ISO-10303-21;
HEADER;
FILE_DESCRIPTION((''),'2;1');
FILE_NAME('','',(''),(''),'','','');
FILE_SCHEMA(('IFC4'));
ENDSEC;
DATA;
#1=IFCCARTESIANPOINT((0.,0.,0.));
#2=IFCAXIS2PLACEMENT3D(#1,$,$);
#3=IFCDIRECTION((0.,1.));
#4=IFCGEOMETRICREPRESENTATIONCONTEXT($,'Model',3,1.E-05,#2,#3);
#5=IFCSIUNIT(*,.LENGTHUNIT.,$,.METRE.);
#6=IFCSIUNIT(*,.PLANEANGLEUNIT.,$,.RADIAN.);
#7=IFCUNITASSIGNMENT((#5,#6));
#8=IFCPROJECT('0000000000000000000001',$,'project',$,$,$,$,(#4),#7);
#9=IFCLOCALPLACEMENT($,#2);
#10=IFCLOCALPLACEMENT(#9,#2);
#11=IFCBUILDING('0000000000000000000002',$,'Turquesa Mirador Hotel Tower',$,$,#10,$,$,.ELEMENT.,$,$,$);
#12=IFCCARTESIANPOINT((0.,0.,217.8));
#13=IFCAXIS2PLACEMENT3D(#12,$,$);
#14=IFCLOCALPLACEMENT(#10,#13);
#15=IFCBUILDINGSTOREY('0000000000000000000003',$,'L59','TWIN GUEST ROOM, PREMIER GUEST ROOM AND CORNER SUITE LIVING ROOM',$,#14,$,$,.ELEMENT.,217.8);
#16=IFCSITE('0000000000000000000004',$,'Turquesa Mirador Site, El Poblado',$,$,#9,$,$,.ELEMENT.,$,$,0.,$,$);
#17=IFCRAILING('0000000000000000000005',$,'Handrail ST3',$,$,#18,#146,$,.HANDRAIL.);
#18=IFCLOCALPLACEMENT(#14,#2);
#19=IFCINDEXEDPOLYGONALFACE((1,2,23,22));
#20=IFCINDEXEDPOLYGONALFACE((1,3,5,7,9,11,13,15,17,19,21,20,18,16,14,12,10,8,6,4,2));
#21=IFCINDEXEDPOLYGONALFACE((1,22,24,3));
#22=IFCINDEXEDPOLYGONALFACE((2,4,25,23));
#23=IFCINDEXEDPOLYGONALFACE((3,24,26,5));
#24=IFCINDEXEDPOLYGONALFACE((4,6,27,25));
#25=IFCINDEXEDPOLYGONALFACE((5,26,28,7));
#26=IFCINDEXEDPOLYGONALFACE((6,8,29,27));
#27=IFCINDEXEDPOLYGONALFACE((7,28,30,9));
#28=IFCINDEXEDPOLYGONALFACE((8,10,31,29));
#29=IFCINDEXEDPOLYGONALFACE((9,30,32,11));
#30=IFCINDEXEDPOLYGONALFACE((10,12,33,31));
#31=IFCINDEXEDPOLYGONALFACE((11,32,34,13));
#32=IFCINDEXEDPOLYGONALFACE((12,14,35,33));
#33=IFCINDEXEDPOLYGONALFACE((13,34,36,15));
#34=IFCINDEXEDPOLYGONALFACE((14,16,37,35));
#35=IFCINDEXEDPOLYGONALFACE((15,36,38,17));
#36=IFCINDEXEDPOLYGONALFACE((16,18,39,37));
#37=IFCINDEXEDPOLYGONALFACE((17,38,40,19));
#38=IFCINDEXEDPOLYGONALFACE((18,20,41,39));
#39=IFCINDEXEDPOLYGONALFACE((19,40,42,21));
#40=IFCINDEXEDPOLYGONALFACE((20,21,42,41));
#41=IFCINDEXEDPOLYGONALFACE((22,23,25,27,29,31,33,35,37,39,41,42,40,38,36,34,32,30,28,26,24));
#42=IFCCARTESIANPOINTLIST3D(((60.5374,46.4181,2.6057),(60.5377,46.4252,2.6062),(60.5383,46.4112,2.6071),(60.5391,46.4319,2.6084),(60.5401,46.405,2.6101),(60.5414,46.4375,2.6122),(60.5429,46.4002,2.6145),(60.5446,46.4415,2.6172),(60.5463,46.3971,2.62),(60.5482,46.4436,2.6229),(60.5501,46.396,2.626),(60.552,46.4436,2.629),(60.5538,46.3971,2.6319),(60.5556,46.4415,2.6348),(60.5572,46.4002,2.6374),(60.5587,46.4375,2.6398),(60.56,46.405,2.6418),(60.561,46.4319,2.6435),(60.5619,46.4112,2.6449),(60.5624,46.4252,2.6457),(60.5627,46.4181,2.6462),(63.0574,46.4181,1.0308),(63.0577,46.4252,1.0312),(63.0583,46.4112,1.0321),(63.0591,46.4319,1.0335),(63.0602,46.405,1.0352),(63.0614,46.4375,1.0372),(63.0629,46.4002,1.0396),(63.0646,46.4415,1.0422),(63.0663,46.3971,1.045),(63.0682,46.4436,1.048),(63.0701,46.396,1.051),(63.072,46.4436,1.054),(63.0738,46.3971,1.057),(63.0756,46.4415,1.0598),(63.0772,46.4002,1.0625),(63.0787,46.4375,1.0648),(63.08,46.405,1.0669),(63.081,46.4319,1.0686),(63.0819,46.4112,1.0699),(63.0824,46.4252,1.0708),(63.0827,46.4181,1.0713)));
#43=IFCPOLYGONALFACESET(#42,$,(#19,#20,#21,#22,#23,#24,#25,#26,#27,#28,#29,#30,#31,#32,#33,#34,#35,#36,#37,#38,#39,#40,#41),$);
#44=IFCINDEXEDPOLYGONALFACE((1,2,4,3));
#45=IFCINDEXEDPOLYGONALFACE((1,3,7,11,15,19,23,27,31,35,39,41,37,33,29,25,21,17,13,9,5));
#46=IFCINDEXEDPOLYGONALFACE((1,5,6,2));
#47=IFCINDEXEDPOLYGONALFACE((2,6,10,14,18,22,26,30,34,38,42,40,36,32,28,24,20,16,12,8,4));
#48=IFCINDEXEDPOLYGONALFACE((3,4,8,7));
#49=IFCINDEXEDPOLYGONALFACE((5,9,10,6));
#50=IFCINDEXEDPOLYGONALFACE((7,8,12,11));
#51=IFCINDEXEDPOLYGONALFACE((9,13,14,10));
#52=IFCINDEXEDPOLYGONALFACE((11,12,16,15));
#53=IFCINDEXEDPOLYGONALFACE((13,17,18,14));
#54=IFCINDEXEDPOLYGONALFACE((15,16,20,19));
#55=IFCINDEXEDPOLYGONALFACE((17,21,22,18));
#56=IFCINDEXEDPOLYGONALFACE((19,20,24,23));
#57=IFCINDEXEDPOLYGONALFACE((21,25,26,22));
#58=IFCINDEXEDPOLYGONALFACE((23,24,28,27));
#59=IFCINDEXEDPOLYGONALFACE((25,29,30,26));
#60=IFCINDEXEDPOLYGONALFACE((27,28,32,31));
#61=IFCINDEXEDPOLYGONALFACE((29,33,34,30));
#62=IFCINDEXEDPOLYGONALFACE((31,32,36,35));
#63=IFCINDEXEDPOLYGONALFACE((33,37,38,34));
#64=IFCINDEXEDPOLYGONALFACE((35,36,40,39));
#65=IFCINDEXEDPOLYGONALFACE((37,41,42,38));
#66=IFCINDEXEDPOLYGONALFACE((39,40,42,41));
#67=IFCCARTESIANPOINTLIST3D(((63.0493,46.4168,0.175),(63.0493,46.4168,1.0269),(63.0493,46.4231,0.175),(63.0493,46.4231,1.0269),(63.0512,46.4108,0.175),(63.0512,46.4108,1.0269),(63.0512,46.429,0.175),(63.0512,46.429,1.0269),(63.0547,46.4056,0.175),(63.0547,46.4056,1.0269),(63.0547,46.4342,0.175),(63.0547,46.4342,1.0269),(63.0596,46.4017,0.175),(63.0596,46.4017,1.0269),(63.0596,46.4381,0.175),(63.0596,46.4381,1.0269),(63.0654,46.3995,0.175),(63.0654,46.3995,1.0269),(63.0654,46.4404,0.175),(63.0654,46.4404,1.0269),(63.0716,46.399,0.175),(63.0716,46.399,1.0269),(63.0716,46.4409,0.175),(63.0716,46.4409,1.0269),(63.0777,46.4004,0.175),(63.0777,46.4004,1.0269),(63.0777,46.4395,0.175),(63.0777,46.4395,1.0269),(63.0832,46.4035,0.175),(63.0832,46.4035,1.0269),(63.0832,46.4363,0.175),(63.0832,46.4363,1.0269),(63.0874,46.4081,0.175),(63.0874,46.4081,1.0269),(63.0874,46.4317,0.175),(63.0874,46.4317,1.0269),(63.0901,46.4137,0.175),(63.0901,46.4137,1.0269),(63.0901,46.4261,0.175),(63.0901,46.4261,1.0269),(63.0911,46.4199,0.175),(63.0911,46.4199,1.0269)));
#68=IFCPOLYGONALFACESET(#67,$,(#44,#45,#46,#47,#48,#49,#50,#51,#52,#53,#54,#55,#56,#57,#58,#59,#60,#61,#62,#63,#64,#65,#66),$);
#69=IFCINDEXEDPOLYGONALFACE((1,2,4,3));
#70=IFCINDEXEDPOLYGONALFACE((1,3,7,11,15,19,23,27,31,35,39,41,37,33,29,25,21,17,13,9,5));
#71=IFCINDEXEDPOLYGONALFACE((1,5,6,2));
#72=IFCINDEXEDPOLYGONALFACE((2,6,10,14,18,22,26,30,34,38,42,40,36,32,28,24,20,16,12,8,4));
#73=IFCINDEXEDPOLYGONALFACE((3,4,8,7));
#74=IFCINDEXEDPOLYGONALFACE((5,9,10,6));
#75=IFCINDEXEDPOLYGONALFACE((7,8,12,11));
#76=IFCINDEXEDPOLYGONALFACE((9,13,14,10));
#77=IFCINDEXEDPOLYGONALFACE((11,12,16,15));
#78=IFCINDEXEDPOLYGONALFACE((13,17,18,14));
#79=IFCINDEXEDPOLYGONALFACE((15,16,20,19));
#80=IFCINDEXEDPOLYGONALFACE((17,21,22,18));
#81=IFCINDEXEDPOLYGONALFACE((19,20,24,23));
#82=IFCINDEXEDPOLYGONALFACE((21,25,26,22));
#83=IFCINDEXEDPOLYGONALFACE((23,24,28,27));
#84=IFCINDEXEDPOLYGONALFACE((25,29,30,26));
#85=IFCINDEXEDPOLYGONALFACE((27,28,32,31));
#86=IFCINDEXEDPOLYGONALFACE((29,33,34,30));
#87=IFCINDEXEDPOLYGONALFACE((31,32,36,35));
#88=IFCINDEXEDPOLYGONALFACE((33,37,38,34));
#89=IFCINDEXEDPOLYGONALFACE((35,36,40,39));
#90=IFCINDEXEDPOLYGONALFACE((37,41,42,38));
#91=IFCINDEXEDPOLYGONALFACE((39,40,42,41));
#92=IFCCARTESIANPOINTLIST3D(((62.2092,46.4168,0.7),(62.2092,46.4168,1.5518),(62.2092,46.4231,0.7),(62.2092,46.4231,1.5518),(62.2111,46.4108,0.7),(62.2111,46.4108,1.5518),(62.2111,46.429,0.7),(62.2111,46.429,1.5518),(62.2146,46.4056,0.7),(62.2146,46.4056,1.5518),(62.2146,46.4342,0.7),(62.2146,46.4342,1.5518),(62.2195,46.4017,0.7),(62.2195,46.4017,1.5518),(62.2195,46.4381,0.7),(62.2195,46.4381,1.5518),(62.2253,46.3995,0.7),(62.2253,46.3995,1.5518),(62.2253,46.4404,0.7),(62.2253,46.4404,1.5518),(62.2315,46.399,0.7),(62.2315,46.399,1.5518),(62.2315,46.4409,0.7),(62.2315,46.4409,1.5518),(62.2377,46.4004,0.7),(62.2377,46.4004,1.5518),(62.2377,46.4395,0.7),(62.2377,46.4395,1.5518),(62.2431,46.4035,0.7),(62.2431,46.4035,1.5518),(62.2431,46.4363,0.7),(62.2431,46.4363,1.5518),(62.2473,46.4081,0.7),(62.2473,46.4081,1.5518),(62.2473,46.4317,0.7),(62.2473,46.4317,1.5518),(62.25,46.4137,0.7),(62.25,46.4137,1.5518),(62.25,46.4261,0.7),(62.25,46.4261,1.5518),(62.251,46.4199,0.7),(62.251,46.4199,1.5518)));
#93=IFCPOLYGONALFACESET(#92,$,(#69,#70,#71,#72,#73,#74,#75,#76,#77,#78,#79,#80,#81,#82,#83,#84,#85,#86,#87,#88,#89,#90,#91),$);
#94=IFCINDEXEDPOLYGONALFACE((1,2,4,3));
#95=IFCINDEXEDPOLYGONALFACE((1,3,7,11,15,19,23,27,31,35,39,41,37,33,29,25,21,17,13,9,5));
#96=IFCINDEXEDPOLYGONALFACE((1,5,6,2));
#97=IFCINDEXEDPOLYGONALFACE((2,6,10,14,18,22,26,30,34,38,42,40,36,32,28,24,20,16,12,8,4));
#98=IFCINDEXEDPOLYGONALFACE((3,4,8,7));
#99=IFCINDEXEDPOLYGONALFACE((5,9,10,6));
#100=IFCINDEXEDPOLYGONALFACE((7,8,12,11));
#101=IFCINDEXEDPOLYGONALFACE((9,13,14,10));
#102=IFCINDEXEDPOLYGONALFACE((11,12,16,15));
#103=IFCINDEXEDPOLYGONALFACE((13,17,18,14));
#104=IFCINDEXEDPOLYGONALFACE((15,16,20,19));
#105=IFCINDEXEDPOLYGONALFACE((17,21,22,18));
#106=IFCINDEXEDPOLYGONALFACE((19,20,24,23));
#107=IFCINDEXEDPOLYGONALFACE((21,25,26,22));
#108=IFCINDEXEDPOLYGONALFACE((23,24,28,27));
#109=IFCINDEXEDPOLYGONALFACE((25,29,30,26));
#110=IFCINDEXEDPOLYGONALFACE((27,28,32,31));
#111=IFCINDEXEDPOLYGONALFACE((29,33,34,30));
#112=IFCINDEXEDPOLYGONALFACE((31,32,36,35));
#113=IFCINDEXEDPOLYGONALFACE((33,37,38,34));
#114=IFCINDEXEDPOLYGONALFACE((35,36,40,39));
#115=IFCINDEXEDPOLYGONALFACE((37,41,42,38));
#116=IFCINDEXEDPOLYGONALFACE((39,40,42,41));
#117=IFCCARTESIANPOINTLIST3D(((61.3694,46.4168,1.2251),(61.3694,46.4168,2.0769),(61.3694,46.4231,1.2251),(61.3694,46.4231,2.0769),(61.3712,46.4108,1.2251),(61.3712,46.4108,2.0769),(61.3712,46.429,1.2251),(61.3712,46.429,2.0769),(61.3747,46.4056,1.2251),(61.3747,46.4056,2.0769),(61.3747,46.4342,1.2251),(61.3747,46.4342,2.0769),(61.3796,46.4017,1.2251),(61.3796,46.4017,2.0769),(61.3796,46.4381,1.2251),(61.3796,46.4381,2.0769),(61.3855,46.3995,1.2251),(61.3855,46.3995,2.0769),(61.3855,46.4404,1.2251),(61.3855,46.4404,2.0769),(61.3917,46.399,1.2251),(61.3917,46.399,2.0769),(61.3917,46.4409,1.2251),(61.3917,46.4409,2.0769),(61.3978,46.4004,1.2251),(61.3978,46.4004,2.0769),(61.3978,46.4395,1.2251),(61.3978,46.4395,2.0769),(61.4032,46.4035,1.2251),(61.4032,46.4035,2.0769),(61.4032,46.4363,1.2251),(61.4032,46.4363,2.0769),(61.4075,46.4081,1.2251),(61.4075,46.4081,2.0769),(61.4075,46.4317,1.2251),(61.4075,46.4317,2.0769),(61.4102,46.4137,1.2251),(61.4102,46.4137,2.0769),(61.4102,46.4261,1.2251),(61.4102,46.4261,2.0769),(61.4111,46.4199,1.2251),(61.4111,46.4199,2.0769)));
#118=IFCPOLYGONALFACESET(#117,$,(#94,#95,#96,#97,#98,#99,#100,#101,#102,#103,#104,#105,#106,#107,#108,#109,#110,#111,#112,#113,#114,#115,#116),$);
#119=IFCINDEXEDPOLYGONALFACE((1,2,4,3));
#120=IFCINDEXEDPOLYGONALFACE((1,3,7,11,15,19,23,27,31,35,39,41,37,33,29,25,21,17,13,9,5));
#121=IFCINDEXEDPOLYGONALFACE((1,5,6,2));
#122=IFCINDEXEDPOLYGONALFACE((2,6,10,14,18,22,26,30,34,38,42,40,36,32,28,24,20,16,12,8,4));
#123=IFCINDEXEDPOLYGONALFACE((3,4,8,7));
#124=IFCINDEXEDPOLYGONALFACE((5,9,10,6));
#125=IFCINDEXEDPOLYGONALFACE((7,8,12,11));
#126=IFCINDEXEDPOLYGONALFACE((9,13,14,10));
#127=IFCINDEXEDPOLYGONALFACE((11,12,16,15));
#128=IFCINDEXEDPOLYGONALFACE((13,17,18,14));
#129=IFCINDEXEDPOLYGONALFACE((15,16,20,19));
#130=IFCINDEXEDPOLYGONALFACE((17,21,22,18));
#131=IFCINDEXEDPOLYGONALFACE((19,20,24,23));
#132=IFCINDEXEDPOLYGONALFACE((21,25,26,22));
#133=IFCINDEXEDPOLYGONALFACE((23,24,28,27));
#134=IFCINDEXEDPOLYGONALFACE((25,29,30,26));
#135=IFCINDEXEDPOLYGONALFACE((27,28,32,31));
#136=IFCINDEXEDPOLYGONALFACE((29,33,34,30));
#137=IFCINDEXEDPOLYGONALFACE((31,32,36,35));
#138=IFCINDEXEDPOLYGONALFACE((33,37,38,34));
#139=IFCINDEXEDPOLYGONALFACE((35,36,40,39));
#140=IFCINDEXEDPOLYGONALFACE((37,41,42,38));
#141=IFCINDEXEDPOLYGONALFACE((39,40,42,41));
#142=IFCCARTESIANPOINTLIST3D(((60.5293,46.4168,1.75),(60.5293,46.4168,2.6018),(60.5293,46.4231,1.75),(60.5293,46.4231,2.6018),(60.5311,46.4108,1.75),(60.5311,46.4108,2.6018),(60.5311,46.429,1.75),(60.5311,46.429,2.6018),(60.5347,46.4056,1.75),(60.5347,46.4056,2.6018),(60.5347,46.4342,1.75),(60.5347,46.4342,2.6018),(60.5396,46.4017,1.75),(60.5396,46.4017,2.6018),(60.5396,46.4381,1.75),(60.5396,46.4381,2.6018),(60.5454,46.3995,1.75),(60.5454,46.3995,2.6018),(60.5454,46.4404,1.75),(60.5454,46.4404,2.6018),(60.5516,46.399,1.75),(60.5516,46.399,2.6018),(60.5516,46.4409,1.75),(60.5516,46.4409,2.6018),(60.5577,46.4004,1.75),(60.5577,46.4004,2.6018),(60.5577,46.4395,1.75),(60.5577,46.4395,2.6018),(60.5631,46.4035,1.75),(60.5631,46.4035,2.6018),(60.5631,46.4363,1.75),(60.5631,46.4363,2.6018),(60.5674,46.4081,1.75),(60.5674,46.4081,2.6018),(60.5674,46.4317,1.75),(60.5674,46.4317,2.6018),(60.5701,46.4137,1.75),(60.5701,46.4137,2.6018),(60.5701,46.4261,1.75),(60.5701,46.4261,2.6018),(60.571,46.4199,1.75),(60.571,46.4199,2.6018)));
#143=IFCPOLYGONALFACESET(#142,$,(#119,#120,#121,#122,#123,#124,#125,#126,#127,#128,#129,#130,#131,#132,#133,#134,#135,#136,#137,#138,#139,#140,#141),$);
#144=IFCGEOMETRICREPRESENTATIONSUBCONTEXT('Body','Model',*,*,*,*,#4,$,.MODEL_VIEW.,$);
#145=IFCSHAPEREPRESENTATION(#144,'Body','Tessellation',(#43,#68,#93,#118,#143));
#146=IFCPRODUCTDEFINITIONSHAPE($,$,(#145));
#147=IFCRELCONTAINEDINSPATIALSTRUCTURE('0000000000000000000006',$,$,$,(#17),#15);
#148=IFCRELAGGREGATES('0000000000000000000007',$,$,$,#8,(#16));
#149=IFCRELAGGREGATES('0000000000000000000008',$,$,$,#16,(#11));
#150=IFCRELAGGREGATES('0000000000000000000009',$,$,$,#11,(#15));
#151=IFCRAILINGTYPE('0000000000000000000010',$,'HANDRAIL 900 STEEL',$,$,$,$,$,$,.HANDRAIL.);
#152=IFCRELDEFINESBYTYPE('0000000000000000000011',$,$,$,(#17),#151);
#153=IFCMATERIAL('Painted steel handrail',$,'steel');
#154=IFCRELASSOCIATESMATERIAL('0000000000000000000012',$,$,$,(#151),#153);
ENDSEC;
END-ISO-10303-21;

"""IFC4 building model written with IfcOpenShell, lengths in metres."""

from ifc_helpers import new_model, si_unit, direction, frame, origin, origin_2d, place, context, subcontext, project, spatial, circle, extrude, material, type_object, element, save


model = new_model("IFC4")

# Units and contexts
model_context = context("Model", 3, precision=1e-05, world=origin(), true_north=direction((0.0, 1.0)))
body_context = subcontext(model_context, "Body", "Model", "MODEL_VIEW")
ifc_project = project(units=[si_unit("LENGTHUNIT", "METRE"), si_unit("PLANEANGLEUNIT", "RADIAN")], contexts=[model_context])

# Site, building, storey
site_placement = place(None, origin())
site = spatial("IfcSite", under=ifc_project, at=site_placement, Name="Turquesa Mirador Site, El Poblado", CompositionType="ELEMENT", RefElevation=0.0)
building_placement = place(site_placement, origin())
building = spatial("IfcBuilding", under=site, at=building_placement, Name="Turquesa Mirador Hotel Tower", CompositionType="ELEMENT")
storey_placement = place(building_placement, frame((0.0, 0.0, 217.8)))
storey = spatial("IfcBuildingStorey", under=building, at=storey_placement, Name="L59", Description="TWIN GUEST ROOM, PREMIER GUEST ROOM AND CORNER SUITE LIVING ROOM", CompositionType="ELEMENT", Elevation=217.8)

# Railing
ifc_material_1 = material(Name="Painted steel handrail", Category="steel")
railing_type = type_object("IfcRailingType", Name="HANDRAIL 900 STEEL", PredefinedType="HANDRAIL", material=ifc_material_1)
railing_1_placement = place(storey_placement, frame((63.0701, 46.4199, 0.175)))
element("IfcRailing", 1, at=railing_1_placement, inside=storey, type_object=railing_type, Name="Handrail ST3", PredefinedType="HANDRAIL", context=body_context, shape_type="SweptSolid", body=[
    extrude(circle(Radius=0.0239, at=origin_2d()), frame((0.0, 0.0, 0.876), z_axis=(-0.848008, 0.0, 0.529984), x_axis=(0.0, -1.0, 0.0)), (0.0, 0.0, 1.0), 2.9717),
    extrude(circle(Radius=0.021, at=origin_2d()), origin(), (0.0, 0.0, 1.0), 0.8518),
    extrude(circle(Radius=0.021, at=origin_2d()), frame((-0.8401, 0.0, 0.5249)), (0.0, 0.0, 1.0), 0.8518),
    extrude(circle(Radius=0.021, at=origin_2d()), frame((-1.6799, 0.0, 1.05)), (0.0, 0.0, 1.0), 0.8518),
    extrude(circle(Radius=0.021, at=origin_2d()), frame((-2.52, 0.0, 1.575)), (0.0, 0.0, 1.0), 0.8518),
])

save(model, "model.ifc")
